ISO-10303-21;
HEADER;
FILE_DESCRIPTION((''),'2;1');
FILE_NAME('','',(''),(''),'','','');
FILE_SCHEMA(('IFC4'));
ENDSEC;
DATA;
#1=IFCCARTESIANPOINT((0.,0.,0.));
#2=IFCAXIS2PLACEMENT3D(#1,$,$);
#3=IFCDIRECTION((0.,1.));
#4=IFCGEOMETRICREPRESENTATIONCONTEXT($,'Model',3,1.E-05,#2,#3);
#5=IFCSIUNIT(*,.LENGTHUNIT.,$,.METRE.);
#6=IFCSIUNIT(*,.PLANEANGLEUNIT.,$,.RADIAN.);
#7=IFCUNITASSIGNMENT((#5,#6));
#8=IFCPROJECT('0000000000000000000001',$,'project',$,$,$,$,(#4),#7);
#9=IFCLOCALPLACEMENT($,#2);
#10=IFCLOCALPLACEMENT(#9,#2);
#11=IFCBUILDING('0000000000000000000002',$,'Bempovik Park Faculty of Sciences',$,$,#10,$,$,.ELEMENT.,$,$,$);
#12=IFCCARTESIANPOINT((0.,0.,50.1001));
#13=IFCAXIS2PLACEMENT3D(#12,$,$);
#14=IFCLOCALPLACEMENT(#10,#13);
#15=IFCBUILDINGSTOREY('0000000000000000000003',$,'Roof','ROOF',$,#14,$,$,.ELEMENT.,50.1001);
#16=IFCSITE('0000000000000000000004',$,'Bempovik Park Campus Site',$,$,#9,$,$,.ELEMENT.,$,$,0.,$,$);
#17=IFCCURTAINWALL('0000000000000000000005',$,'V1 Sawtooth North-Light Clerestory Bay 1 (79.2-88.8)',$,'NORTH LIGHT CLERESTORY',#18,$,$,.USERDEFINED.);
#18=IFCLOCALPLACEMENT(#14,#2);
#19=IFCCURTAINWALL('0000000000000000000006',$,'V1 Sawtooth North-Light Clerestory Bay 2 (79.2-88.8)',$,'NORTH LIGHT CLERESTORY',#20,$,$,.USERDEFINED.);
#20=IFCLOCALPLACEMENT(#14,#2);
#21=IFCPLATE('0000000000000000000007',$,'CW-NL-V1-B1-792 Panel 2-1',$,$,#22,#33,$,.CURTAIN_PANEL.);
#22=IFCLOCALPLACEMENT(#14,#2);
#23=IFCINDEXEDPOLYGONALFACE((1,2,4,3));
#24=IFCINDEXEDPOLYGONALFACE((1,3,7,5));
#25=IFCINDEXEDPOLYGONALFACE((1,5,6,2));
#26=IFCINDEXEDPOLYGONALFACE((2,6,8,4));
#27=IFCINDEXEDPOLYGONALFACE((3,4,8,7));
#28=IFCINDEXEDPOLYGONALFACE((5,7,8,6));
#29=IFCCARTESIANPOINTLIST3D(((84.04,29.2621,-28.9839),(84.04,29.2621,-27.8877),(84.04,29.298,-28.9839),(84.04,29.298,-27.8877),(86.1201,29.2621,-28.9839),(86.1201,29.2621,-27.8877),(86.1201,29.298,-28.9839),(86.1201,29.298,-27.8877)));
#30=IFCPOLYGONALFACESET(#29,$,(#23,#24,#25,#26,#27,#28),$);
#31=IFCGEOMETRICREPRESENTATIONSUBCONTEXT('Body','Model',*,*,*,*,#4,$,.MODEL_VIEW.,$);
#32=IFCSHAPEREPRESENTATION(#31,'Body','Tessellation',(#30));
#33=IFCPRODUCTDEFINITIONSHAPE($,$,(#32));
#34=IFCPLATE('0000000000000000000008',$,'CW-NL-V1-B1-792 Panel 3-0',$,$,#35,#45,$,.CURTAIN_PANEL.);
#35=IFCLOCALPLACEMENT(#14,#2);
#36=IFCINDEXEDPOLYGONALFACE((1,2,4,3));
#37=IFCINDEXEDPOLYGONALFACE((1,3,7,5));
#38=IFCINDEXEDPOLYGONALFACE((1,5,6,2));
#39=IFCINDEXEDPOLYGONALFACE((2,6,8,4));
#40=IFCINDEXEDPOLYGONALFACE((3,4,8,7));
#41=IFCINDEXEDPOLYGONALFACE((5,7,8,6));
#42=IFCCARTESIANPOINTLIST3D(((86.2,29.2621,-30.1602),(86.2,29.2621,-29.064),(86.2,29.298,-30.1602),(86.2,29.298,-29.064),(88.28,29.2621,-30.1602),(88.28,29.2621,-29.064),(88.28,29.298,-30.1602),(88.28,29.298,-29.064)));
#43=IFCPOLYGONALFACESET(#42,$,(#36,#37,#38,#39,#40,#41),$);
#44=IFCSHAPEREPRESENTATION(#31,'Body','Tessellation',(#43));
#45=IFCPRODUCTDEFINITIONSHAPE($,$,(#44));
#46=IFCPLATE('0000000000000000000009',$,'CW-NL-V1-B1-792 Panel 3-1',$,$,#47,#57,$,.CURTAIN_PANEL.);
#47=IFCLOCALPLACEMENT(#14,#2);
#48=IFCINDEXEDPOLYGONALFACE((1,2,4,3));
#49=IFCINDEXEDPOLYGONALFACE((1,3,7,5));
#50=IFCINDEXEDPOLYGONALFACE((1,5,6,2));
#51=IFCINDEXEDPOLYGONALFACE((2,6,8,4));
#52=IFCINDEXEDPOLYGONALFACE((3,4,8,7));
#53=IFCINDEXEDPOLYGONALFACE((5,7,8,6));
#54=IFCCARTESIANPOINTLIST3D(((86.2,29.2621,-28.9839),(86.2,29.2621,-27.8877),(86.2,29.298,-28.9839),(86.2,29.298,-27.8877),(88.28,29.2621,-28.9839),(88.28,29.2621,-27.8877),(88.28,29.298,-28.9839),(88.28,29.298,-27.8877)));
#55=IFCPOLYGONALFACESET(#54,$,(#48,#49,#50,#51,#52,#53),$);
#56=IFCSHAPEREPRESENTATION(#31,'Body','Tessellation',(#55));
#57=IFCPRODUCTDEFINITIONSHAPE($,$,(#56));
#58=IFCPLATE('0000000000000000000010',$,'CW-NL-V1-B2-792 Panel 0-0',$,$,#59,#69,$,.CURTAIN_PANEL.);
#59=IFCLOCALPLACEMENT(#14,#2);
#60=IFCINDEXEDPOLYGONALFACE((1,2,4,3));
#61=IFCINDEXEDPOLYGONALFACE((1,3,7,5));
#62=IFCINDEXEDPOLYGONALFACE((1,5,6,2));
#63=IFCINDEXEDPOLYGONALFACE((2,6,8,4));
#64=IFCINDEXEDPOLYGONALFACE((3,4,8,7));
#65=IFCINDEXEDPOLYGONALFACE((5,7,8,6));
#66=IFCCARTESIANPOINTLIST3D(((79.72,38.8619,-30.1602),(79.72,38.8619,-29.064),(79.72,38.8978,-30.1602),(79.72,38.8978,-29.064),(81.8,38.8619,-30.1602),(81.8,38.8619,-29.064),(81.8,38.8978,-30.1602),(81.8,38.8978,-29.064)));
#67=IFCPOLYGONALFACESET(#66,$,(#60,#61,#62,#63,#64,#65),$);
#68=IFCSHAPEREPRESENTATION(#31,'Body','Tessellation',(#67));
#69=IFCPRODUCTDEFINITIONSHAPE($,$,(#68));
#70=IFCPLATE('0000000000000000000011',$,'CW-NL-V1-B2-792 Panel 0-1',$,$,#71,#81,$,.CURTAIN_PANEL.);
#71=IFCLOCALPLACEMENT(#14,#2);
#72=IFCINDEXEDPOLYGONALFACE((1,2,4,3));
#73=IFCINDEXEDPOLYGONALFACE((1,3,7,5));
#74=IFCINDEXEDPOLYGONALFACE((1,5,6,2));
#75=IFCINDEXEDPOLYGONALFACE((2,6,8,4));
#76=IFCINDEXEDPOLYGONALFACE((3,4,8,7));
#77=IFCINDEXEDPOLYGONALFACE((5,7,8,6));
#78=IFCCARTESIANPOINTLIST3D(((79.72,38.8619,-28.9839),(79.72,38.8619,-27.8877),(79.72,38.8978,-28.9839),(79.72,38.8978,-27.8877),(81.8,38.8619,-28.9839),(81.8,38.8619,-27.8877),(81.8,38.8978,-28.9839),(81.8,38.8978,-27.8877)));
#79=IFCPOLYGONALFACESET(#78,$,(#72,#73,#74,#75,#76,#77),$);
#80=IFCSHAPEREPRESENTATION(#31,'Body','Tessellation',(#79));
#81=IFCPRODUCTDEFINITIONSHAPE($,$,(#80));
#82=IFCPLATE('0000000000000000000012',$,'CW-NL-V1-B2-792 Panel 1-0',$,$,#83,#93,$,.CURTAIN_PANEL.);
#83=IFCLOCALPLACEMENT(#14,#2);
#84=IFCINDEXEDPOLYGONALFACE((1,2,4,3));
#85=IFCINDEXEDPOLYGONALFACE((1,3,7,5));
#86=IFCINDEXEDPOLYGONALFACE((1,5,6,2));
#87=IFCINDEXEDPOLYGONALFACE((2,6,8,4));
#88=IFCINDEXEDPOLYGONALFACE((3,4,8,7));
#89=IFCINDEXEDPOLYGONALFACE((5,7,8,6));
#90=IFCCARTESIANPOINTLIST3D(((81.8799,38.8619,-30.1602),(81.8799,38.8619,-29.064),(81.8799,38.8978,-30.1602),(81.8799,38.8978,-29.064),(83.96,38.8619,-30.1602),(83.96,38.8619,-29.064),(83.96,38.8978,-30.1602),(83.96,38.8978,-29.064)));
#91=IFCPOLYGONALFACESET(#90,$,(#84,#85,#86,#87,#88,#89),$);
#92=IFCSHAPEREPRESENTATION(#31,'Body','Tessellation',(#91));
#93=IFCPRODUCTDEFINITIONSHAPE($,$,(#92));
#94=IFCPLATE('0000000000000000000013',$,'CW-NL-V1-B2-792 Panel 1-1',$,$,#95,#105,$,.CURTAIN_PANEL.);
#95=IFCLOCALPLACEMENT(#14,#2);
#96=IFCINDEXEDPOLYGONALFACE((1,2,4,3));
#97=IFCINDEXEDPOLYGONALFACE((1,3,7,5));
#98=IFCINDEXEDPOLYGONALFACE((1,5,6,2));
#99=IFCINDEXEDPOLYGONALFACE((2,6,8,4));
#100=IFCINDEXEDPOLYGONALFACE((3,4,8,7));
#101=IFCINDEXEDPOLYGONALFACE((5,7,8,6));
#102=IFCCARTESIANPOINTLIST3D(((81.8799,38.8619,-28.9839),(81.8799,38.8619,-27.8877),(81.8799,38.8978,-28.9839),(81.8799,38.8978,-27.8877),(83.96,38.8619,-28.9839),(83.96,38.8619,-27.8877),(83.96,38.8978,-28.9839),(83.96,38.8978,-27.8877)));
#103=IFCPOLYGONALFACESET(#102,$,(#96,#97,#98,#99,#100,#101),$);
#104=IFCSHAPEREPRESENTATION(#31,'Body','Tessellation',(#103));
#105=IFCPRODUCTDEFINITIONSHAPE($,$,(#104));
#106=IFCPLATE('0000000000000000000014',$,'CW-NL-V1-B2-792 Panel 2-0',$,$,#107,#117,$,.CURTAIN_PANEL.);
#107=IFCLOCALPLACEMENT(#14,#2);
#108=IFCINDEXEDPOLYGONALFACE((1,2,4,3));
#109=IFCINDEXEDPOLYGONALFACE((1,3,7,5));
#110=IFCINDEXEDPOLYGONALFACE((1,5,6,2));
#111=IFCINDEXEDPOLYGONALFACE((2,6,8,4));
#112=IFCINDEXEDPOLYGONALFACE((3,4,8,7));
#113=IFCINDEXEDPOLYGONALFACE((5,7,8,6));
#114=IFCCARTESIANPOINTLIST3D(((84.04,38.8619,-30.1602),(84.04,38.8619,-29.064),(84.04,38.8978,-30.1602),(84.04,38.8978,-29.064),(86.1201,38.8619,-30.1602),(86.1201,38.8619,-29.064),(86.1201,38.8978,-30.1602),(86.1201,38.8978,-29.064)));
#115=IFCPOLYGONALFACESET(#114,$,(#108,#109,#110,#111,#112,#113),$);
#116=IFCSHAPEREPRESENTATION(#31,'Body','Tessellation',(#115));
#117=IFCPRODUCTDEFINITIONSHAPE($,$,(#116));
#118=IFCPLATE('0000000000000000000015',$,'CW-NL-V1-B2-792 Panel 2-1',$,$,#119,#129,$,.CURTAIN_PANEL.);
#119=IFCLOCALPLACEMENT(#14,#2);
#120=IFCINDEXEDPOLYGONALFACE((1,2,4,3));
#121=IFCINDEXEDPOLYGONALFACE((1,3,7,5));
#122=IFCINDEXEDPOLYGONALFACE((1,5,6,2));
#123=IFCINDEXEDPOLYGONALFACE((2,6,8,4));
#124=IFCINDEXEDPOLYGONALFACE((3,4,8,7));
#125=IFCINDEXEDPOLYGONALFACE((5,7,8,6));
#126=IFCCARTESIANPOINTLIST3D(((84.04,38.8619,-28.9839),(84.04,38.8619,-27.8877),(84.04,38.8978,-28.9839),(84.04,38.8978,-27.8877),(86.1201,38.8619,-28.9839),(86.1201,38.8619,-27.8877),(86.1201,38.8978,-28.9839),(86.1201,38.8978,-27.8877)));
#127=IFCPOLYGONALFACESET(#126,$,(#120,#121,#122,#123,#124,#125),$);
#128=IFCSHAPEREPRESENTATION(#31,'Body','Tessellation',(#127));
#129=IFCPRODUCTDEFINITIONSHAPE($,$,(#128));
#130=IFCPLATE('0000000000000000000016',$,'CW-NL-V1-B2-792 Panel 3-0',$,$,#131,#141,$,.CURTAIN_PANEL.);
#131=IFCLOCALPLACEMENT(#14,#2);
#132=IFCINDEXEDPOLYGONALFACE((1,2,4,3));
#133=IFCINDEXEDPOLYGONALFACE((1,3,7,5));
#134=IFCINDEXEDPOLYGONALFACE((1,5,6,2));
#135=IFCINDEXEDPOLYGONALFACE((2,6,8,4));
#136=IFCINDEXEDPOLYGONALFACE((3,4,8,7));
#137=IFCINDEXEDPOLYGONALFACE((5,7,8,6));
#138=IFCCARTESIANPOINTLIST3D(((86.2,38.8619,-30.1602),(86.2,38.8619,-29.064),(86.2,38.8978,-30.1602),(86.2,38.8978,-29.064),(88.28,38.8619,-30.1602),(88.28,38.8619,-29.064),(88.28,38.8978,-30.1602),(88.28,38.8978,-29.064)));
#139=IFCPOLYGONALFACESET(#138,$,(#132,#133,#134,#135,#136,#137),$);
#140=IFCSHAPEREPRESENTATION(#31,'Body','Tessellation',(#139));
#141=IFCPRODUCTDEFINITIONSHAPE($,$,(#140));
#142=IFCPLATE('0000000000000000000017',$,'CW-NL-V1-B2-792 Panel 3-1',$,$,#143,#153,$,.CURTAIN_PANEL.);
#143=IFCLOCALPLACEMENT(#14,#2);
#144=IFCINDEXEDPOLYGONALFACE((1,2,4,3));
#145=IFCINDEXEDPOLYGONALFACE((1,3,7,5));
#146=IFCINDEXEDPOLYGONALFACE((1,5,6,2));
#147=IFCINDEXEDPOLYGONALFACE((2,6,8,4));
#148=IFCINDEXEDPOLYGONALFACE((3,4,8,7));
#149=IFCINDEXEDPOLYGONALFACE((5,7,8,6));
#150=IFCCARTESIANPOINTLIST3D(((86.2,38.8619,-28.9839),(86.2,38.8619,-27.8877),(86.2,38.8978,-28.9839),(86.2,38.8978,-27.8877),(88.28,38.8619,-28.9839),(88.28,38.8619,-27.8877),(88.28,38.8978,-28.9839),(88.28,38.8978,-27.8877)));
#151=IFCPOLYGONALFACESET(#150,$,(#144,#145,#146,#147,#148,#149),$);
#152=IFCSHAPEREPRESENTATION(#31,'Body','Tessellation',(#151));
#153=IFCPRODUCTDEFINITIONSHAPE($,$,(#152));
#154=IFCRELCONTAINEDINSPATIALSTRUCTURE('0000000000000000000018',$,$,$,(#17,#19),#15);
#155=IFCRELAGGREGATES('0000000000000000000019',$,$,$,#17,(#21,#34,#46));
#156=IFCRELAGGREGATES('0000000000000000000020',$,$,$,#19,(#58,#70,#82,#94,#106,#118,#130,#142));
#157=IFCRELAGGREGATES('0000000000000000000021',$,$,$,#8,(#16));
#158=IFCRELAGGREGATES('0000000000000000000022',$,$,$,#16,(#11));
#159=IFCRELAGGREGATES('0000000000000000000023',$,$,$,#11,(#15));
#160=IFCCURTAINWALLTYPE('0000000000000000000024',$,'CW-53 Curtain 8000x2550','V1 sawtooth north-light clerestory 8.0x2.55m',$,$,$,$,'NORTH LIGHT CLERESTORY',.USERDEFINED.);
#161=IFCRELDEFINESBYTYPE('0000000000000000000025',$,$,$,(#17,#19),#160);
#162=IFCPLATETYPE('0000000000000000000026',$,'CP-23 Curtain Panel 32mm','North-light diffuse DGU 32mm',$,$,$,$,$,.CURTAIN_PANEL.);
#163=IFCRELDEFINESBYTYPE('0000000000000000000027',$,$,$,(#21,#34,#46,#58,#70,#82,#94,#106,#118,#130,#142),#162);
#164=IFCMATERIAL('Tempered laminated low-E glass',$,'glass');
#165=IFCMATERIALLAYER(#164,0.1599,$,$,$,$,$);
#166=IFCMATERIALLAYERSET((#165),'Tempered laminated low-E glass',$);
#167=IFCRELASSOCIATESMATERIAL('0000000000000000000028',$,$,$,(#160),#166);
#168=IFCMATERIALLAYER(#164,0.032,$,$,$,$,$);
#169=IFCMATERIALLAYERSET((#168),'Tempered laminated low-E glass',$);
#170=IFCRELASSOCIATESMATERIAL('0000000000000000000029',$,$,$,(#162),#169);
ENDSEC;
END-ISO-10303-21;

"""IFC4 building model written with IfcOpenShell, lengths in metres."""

from ifc_helpers import new_model, si_unit, direction, frame, origin, origin_2d, place, context, subcontext, project, spatial, rectangle, extrude, material, layer, layer_set, type_object, element, aggregate, save


model = new_model("IFC4")

# Units and contexts
model_context = context("Model", 3, precision=1e-05, world=origin(), true_north=direction((0.0, 1.0)))
body_context = subcontext(model_context, "Body", "Model", "MODEL_VIEW")
ifc_project = project(units=[si_unit("LENGTHUNIT", "METRE"), si_unit("PLANEANGLEUNIT", "RADIAN")], contexts=[model_context])

# Site, building, storey
site_placement = place(None, origin())
site = spatial("IfcSite", under=ifc_project, at=site_placement, Name="Bempovik Park Campus Site", CompositionType="ELEMENT", RefElevation=0.0)
building_placement = place(site_placement, origin())
building = spatial("IfcBuilding", under=site, at=building_placement, Name="Bempovik Park Faculty of Sciences", CompositionType="ELEMENT")
storey_placement = place(building_placement, frame((0.0, 0.0, 50.1001)))
storey = spatial("IfcBuildingStorey", under=building, at=storey_placement, Name="Roof", Description="ROOF", CompositionType="ELEMENT", Elevation=50.1001)

# Curtain walls
ifc_material_1 = material(Name="Tempered laminated low-E glass", Category="glass")
ifc_layer_1 = layer(ifc_material_1, 0.1599)
ifc_layer_set_1 = layer_set([ifc_layer_1], Name="Tempered laminated low-E glass")
curtain_wall_type = type_object("IfcCurtainWallType", Name="CW-53 Curtain 8000x2550", Description="V1 sawtooth north-light clerestory 8.0x2.55m", ElementType="NORTH LIGHT CLERESTORY", PredefinedType="USERDEFINED", material=ifc_layer_set_1)
curtain_wall_1_placement = place(storey_placement, origin())
curtain_wall_1 = element("IfcCurtainWall", 1, at=curtain_wall_1_placement, inside=storey, type_object=curtain_wall_type, Name="V1 Sawtooth North-Light Clerestory Bay 1 (79.2-88.8)", ObjectType="NORTH LIGHT CLERESTORY", PredefinedType="USERDEFINED")
curtain_wall_2_placement = place(storey_placement, origin())
curtain_wall_2 = element("IfcCurtainWall", 2, at=curtain_wall_2_placement, inside=storey, type_object=curtain_wall_type, Name="V1 Sawtooth North-Light Clerestory Bay 2 (79.2-88.8)", ObjectType="NORTH LIGHT CLERESTORY", PredefinedType="USERDEFINED")

# Plates
ifc_layer_2 = layer(ifc_material_1, 0.032)
ifc_layer_set_2 = layer_set([ifc_layer_2], Name="Tempered laminated low-E glass")
plate_type = type_object("IfcPlateType", Name="CP-23 Curtain Panel 32mm", Description="North-light diffuse DGU 32mm", PredefinedType="CURTAIN_PANEL", material=ifc_layer_set_2)
plate_1_placement = place(storey_placement, frame((85.0801, 29.28, -28.9839), z_axis=(0.0, 0.0, 1.0), x_axis=(1.0, 0.0, 0.0)))
plate_1 = element("IfcPlate", 3, at=plate_1_placement, type_object=plate_type, Name="CW-NL-V1-B1-792 Panel 2-1", PredefinedType="CURTAIN_PANEL", context=body_context, shape_type="SweptSolid", body=[
    extrude(rectangle(XDim=2.0801, YDim=0.0359, at=origin_2d()), origin(), (0.0, 0.0, 1.0), 1.0962),
])
plate_2_placement = place(storey_placement, frame((87.24, 29.28, -30.1602), z_axis=(0.0, 0.0, 1.0), x_axis=(1.0, 0.0, 0.0)))
plate_2 = element("IfcPlate", 4, at=plate_2_placement, type_object=plate_type, Name="CW-NL-V1-B1-792 Panel 3-0", PredefinedType="CURTAIN_PANEL", context=body_context, shape_type="SweptSolid", body=[
    extrude(rectangle(XDim=2.0801, YDim=0.0359, at=origin_2d()), origin(), (0.0, 0.0, 1.0), 1.0962),
])
plate_3_placement = place(storey_placement, frame((87.24, 29.28, -28.9839), z_axis=(0.0, 0.0, 1.0), x_axis=(1.0, 0.0, 0.0)))
plate_3 = element("IfcPlate", 5, at=plate_3_placement, type_object=plate_type, Name="CW-NL-V1-B1-792 Panel 3-1", PredefinedType="CURTAIN_PANEL", context=body_context, shape_type="SweptSolid", body=[
    extrude(rectangle(XDim=2.0801, YDim=0.0359, at=origin_2d()), origin(), (0.0, 0.0, 1.0), 1.0962),
])
aggregate(curtain_wall_1, [plate_1, plate_2, plate_3])
plate_4_placement = place(storey_placement, frame((80.76, 38.8799, -30.1602), z_axis=(0.0, 0.0, 1.0), x_axis=(1.0, 0.0, 0.0)))
plate_4 = element("IfcPlate", 6, at=plate_4_placement, type_object=plate_type, Name="CW-NL-V1-B2-792 Panel 0-0", PredefinedType="CURTAIN_PANEL", context=body_context, shape_type="SweptSolid", body=[
    extrude(rectangle(XDim=2.0801, YDim=0.0359, at=origin_2d()), origin(), (0.0, 0.0, 1.0), 1.0962),
])
plate_5_placement = place(storey_placement, frame((80.76, 38.8799, -28.9839), z_axis=(0.0, 0.0, 1.0), x_axis=(1.0, 0.0, 0.0)))
plate_5 = element("IfcPlate", 7, at=plate_5_placement, type_object=plate_type, Name="CW-NL-V1-B2-792 Panel 0-1", PredefinedType="CURTAIN_PANEL", context=body_context, shape_type="SweptSolid", body=[
    extrude(rectangle(XDim=2.0801, YDim=0.0359, at=origin_2d()), origin(), (0.0, 0.0, 1.0), 1.0962),
])
plate_6_placement = place(storey_placement, frame((82.9199, 38.8799, -30.1602), z_axis=(0.0, 0.0, 1.0), x_axis=(1.0, 0.0, 0.0)))
plate_6 = element("IfcPlate", 8, at=plate_6_placement, type_object=plate_type, Name="CW-NL-V1-B2-792 Panel 1-0", PredefinedType="CURTAIN_PANEL", context=body_context, shape_type="SweptSolid", body=[
    extrude(rectangle(XDim=2.0801, YDim=0.0359, at=origin_2d()), origin(), (0.0, 0.0, 1.0), 1.0962),
])
plate_7_placement = place(storey_placement, frame((82.9199, 38.8799, -28.9839), z_axis=(0.0, 0.0, 1.0), x_axis=(1.0, 0.0, 0.0)))
plate_7 = element("IfcPlate", 9, at=plate_7_placement, type_object=plate_type, Name="CW-NL-V1-B2-792 Panel 1-1", PredefinedType="CURTAIN_PANEL", context=body_context, shape_type="SweptSolid", body=[
    extrude(rectangle(XDim=2.0801, YDim=0.0359, at=origin_2d()), origin(), (0.0, 0.0, 1.0), 1.0962),
])
plate_8_placement = place(storey_placement, frame((85.0801, 38.8799, -30.1602), z_axis=(0.0, 0.0, 1.0), x_axis=(1.0, 0.0, 0.0)))
plate_8 = element("IfcPlate", 10, at=plate_8_placement, type_object=plate_type, Name="CW-NL-V1-B2-792 Panel 2-0", PredefinedType="CURTAIN_PANEL", context=body_context, shape_type="SweptSolid", body=[
    extrude(rectangle(XDim=2.0801, YDim=0.0359, at=origin_2d()), origin(), (0.0, 0.0, 1.0), 1.0962),
])
plate_9_placement = place(storey_placement, frame((85.0801, 38.8799, -28.9839), z_axis=(0.0, 0.0, 1.0), x_axis=(1.0, 0.0, 0.0)))
plate_9 = element("IfcPlate", 11, at=plate_9_placement, type_object=plate_type, Name="CW-NL-V1-B2-792 Panel 2-1", PredefinedType="CURTAIN_PANEL", context=body_context, shape_type="SweptSolid", body=[
    extrude(rectangle(XDim=2.0801, YDim=0.0359, at=origin_2d()), origin(), (0.0, 0.0, 1.0), 1.0962),
])
plate_10_placement = place(storey_placement, frame((87.24, 38.8799, -30.1602), z_axis=(0.0, 0.0, 1.0), x_axis=(1.0, 0.0, 0.0)))
plate_10 = element("IfcPlate", 12, at=plate_10_placement, type_object=plate_type, Name="CW-NL-V1-B2-792 Panel 3-0", PredefinedType="CURTAIN_PANEL", context=body_context, shape_type="SweptSolid", body=[
    extrude(rectangle(XDim=2.0801, YDim=0.0359, at=origin_2d()), origin(), (0.0, 0.0, 1.0), 1.0962),
])
plate_11_placement = place(storey_placement, frame((87.24, 38.8799, -28.9839), z_axis=(0.0, 0.0, 1.0), x_axis=(1.0, 0.0, 0.0)))
plate_11 = element("IfcPlate", 13, at=plate_11_placement, type_object=plate_type, Name="CW-NL-V1-B2-792 Panel 3-1", PredefinedType="CURTAIN_PANEL", context=body_context, shape_type="SweptSolid", body=[
    extrude(rectangle(XDim=2.0801, YDim=0.0359, at=origin_2d()), origin(), (0.0, 0.0, 1.0), 1.0962),
])
aggregate(curtain_wall_2, [plate_4, plate_5, plate_6, plate_7, plate_8, plate_9, plate_10, plate_11])

save(model, "model.ifc")
